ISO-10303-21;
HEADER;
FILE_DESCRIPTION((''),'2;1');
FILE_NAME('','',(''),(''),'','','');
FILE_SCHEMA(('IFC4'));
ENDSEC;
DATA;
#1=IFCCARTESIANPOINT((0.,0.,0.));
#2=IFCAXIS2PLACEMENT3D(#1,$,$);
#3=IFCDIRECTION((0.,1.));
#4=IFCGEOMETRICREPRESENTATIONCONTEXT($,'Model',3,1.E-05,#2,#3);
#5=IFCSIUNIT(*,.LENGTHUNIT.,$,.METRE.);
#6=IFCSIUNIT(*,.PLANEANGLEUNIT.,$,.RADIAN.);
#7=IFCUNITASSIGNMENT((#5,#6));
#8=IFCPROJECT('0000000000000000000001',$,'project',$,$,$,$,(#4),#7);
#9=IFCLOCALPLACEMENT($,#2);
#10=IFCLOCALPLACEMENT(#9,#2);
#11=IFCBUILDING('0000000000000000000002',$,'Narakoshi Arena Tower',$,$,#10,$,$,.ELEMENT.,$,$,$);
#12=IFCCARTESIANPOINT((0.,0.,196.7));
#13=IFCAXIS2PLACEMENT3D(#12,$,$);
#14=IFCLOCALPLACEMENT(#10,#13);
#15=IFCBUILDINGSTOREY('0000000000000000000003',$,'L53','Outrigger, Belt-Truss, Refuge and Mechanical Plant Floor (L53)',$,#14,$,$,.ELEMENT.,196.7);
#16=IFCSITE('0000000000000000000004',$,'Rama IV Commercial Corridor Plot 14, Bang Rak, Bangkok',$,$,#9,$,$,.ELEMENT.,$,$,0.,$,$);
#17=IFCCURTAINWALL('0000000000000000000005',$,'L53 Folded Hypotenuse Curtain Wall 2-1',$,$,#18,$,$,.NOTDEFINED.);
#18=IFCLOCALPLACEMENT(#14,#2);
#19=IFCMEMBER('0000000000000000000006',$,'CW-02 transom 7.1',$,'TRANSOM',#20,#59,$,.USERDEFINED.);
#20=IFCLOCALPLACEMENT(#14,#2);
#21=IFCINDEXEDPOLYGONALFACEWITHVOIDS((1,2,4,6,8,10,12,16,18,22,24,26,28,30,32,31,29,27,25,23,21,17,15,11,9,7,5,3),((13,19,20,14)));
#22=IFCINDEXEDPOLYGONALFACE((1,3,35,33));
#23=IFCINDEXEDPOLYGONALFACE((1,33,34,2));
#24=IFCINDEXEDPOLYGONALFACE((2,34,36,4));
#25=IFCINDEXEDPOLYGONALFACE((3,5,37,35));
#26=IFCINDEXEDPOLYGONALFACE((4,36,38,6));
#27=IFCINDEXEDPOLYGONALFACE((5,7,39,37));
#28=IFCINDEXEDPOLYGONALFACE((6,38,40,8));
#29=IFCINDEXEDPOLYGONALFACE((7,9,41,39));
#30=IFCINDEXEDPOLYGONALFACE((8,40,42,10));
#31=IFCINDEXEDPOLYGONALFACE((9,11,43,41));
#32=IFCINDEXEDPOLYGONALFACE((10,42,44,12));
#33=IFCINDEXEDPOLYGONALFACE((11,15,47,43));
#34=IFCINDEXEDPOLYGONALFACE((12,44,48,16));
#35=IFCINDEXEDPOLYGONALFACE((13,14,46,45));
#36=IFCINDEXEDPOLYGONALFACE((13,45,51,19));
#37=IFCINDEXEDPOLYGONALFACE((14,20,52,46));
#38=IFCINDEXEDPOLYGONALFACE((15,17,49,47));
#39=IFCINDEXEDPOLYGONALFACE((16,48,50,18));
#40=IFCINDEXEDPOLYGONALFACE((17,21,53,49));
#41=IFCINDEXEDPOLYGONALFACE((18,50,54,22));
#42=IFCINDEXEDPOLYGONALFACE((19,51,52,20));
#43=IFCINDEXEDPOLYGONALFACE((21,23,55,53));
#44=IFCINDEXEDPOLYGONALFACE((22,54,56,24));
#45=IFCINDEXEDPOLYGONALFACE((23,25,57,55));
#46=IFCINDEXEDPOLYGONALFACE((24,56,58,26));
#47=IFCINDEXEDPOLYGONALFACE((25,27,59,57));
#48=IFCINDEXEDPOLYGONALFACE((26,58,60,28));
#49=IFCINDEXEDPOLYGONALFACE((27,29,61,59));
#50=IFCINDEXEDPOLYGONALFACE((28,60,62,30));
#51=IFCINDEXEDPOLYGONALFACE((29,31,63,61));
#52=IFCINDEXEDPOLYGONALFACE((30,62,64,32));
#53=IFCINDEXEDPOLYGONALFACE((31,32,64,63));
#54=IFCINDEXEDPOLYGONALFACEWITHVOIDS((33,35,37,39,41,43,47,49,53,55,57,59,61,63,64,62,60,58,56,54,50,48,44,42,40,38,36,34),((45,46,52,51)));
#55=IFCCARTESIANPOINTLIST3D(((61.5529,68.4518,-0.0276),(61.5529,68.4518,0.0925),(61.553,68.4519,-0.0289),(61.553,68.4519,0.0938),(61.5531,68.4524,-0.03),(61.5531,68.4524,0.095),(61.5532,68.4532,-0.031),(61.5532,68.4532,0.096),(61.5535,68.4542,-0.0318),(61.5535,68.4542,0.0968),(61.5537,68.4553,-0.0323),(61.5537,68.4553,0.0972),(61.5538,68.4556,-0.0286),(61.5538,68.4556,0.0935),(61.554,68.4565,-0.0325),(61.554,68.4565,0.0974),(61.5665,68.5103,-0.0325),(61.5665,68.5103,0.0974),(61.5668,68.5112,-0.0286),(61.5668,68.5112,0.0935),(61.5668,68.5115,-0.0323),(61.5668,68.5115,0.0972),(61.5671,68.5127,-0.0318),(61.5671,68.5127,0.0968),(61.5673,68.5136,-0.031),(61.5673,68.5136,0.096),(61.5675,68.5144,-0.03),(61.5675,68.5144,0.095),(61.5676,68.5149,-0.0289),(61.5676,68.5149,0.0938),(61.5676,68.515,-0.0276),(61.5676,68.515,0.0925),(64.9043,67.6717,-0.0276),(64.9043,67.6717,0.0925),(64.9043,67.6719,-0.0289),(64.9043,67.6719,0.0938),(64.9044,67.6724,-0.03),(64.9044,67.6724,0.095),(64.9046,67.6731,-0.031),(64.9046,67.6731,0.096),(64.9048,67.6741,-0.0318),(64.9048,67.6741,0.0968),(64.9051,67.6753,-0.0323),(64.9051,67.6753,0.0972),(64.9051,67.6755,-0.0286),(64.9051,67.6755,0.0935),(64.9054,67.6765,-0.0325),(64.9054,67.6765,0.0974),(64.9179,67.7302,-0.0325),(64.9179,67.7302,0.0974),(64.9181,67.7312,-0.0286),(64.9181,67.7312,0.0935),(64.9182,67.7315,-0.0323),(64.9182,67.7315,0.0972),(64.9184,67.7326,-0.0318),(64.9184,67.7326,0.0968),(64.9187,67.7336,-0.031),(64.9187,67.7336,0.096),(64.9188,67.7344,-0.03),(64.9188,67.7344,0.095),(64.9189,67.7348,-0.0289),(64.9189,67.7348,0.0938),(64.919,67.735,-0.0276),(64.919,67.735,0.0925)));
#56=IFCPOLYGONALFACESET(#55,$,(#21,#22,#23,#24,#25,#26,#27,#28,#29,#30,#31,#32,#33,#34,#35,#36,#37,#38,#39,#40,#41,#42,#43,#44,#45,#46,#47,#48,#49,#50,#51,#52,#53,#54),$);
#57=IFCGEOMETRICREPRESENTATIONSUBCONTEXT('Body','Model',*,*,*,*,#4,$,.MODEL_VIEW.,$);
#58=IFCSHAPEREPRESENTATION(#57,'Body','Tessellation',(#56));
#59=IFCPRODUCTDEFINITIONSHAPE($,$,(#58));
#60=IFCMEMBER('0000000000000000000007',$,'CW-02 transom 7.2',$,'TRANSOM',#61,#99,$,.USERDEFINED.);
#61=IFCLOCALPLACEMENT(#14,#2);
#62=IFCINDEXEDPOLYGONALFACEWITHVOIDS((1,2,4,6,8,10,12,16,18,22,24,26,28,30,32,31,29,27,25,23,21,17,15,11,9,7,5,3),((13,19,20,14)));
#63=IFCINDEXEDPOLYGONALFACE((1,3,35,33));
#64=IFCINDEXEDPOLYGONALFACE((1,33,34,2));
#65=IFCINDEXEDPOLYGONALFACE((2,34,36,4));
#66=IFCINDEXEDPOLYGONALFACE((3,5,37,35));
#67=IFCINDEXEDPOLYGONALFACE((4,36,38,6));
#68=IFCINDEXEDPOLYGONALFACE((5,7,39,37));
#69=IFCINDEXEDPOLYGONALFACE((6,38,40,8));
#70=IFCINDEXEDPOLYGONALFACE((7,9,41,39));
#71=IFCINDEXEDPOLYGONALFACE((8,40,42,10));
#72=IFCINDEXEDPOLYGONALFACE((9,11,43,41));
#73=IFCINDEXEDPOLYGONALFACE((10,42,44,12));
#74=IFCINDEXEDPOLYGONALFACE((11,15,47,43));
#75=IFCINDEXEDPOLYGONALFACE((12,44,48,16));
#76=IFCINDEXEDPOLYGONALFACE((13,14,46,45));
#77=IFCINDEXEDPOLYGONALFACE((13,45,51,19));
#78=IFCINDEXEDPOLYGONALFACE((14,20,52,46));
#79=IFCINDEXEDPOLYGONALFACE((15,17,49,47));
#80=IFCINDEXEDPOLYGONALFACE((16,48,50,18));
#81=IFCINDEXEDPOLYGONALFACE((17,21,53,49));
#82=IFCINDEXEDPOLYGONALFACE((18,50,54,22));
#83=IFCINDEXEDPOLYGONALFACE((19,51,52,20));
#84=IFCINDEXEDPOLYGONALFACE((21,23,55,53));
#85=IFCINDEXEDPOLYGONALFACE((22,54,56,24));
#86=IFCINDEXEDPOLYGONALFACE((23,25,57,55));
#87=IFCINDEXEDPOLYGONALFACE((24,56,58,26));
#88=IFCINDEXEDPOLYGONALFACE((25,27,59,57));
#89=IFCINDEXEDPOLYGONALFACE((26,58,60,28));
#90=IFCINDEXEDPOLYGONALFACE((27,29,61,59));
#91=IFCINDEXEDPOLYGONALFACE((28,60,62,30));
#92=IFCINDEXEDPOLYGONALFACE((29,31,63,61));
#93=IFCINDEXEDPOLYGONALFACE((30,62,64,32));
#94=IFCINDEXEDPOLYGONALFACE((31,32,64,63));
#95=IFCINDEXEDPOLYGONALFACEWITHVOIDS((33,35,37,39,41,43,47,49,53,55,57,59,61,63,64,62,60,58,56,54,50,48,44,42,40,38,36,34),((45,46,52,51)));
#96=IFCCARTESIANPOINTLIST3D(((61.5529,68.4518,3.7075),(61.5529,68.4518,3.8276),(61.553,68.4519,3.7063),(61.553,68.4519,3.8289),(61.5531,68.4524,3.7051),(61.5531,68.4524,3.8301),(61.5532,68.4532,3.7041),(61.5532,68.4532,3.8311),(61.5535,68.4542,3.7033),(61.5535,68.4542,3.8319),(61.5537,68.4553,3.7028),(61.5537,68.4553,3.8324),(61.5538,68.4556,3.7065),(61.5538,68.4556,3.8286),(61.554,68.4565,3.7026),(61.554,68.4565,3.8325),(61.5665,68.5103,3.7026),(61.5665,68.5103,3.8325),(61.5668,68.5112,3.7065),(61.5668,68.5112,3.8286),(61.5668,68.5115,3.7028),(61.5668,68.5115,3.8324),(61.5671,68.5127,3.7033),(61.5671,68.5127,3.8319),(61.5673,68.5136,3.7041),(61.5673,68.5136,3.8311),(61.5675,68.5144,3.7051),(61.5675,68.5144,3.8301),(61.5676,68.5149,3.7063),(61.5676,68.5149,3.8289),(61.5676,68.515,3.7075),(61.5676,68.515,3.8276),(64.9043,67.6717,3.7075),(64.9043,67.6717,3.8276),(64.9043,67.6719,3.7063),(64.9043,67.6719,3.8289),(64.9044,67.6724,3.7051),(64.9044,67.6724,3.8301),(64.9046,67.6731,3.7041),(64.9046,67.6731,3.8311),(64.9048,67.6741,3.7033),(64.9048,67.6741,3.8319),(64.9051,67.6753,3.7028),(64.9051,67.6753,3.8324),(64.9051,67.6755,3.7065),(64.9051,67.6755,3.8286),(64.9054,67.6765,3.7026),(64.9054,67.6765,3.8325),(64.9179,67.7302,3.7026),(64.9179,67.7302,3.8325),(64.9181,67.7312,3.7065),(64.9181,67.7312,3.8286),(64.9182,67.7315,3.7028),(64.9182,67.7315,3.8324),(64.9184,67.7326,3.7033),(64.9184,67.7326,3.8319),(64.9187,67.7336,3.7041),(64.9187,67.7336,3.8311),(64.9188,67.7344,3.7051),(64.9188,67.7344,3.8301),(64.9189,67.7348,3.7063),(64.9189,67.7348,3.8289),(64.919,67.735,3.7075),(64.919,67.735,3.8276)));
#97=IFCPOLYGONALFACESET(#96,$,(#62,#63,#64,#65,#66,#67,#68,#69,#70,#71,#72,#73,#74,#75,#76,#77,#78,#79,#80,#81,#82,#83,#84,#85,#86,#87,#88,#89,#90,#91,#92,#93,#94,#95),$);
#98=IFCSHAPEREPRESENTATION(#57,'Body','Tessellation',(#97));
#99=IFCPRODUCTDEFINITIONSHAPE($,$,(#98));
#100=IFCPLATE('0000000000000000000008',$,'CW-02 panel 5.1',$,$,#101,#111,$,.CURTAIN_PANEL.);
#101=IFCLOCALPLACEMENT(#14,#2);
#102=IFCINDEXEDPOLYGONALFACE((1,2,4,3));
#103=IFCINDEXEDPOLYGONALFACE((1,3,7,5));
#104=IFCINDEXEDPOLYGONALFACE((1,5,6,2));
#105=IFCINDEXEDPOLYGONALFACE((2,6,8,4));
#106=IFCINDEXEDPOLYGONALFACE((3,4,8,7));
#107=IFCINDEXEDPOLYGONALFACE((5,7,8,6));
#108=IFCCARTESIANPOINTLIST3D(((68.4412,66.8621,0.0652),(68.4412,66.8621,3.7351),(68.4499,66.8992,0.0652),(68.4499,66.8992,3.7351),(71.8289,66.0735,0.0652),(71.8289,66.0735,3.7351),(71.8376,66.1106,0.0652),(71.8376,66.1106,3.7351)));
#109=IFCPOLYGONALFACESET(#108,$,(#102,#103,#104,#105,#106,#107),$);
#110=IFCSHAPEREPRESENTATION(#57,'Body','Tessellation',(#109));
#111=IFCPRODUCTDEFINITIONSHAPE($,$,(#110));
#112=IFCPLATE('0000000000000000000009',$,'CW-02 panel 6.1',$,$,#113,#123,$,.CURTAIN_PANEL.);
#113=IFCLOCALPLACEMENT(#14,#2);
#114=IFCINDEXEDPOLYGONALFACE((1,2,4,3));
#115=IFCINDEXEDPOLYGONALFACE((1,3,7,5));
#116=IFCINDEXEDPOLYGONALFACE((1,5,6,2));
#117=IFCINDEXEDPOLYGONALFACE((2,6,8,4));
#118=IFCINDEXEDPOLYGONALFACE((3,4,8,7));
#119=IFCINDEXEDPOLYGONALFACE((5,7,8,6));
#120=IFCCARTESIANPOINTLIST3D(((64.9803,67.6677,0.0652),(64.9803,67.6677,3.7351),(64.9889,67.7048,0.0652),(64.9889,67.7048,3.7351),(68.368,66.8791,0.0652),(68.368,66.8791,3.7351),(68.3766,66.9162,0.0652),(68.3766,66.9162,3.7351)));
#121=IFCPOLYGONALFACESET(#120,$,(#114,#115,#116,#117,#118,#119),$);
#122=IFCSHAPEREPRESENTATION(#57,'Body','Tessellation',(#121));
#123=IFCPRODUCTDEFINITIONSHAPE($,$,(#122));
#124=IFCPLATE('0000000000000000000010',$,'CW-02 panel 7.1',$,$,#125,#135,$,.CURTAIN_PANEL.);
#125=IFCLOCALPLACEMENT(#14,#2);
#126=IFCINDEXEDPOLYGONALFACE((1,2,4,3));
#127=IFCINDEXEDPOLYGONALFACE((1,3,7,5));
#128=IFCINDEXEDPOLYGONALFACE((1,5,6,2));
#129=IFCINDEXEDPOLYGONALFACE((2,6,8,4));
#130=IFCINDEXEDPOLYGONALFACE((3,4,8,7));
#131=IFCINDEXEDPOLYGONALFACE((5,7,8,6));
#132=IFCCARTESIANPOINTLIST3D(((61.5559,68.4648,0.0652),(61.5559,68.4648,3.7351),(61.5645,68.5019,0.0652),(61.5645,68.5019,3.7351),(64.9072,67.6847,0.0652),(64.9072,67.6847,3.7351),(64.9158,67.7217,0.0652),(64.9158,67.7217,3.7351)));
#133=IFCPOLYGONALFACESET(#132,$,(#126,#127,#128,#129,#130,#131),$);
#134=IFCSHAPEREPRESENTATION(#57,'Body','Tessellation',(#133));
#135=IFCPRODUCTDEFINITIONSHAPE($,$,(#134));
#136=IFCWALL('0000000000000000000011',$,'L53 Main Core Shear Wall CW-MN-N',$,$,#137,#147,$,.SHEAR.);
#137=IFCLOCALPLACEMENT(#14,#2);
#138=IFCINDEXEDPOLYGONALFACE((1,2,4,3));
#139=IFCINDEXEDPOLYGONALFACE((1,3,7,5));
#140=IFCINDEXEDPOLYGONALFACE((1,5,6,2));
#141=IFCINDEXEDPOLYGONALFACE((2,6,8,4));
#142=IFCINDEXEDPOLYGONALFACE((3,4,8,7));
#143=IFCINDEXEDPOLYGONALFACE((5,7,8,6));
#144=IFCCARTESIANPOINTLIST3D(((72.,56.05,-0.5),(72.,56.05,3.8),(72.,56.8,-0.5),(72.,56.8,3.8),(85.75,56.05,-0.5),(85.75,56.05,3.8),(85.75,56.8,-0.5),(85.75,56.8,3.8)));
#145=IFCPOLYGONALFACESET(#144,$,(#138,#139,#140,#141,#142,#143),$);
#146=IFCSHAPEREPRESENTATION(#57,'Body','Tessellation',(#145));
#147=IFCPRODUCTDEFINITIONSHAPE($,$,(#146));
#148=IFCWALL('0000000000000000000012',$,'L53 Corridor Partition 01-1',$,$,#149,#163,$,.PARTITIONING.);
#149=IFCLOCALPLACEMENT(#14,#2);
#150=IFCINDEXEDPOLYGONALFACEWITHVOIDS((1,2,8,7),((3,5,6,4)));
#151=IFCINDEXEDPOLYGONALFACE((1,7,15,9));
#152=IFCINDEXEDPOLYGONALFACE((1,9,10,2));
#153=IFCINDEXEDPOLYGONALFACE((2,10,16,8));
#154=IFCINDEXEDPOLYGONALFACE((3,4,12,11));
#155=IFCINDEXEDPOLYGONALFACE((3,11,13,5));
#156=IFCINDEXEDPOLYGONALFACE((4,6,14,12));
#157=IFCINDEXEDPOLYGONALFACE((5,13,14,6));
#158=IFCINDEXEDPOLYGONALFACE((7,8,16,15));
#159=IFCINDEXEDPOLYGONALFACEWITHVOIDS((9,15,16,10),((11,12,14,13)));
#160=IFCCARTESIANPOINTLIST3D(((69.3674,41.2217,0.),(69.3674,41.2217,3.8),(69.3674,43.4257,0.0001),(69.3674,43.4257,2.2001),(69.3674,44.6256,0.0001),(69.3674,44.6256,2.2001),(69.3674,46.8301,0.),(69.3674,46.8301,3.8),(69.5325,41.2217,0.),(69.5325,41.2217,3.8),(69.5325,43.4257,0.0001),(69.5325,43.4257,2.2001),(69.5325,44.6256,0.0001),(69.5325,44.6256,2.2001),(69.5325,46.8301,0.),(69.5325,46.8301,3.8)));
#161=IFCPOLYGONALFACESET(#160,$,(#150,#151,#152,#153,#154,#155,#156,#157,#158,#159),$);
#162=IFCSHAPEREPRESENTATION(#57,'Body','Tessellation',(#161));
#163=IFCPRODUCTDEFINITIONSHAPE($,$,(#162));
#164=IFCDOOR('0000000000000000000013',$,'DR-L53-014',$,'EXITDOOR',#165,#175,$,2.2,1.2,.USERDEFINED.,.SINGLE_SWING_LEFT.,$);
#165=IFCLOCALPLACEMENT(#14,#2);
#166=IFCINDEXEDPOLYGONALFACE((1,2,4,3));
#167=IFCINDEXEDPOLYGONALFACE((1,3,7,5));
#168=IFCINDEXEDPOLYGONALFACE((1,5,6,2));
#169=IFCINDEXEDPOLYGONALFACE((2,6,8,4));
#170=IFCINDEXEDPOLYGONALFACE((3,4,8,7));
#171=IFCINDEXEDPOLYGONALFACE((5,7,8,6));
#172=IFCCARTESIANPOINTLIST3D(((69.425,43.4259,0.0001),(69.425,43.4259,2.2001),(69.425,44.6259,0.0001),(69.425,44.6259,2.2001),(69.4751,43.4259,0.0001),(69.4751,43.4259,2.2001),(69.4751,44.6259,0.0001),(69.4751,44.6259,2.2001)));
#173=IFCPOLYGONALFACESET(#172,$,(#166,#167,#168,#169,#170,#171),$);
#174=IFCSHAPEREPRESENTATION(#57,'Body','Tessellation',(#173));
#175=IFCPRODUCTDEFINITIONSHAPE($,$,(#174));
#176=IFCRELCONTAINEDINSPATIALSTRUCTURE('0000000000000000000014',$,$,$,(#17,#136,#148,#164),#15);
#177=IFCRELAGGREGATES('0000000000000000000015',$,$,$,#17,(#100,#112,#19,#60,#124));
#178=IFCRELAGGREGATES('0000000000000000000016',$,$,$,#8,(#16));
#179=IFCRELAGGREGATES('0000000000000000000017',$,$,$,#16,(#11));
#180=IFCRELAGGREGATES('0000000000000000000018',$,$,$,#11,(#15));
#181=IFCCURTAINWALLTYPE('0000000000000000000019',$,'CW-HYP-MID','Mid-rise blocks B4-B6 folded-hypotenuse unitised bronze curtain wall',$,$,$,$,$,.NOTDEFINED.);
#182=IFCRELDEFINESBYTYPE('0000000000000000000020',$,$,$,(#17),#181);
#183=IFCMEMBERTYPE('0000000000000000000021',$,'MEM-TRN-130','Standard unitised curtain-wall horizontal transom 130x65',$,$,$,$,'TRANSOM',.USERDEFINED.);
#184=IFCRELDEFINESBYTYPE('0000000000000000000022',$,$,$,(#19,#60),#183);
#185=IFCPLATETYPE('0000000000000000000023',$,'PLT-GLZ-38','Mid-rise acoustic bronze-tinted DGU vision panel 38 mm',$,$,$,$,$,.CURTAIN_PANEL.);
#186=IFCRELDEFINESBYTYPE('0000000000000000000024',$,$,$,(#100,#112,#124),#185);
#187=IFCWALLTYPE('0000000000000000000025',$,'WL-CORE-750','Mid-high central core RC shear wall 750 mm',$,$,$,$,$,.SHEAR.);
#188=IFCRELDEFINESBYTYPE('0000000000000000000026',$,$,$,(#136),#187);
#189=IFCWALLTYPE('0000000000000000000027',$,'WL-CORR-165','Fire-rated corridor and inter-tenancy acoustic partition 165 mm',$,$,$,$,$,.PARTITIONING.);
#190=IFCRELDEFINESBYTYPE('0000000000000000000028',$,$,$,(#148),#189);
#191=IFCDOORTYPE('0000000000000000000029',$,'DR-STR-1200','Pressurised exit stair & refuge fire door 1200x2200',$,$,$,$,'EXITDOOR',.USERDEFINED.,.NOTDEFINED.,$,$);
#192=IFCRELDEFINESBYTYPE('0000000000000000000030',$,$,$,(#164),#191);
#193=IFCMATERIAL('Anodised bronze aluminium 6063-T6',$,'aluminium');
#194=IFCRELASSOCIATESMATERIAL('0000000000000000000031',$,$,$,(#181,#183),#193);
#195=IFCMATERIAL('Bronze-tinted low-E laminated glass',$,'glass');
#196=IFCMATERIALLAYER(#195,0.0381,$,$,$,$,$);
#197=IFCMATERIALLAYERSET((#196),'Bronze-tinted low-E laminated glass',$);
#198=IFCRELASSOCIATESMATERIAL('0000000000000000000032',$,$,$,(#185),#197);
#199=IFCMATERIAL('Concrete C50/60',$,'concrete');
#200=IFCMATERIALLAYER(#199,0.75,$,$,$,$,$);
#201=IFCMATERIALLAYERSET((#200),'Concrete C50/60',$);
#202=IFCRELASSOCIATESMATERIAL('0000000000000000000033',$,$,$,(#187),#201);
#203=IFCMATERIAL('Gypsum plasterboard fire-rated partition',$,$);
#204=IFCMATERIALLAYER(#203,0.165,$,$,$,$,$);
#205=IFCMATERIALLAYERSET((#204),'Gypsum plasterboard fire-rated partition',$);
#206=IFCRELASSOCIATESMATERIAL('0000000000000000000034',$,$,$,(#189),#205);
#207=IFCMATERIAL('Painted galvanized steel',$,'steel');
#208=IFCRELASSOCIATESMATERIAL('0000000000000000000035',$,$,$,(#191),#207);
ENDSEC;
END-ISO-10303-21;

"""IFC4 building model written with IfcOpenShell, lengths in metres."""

from ifc_helpers import new_model, si_unit, direction, frame, frame_2d, origin, origin_2d, place, context, subcontext, project, spatial, rectangle, hollow_rectangle, extrude, material, layer, layer_set, material_profile, profile_set, type_object, element, fill, aggregate, save


model = new_model("IFC4")

# Units and contexts
model_context = context("Model", 3, precision=1e-05, world=origin(), true_north=direction((0.0, 1.0)))
body_context = subcontext(model_context, "Body", "Model", "MODEL_VIEW")
ifc_project = project(units=[si_unit("LENGTHUNIT", "METRE"), si_unit("PLANEANGLEUNIT", "RADIAN")], contexts=[model_context])

# Site, building, storey
site_placement = place(None, origin())
site = spatial("IfcSite", under=ifc_project, at=site_placement, Name="Rama IV Commercial Corridor Plot 14, Bang Rak, Bangkok", CompositionType="ELEMENT", RefElevation=0.0)
building_placement = place(site_placement, origin())
building = spatial("IfcBuilding", under=site, at=building_placement, Name="Narakoshi Arena Tower", CompositionType="ELEMENT")
storey_placement = place(building_placement, frame((0.0, 0.0, 196.7)))
storey = spatial("IfcBuildingStorey", under=building, at=storey_placement, Name="L53", Description="Outrigger, Belt-Truss, Refuge and Mechanical Plant Floor (L53)", CompositionType="ELEMENT", Elevation=196.7)

# Curtain wall
ifc_material_1 = material(Name="Anodised bronze aluminium 6063-T6", Category="aluminium")
curtain_wall_type = type_object("IfcCurtainWallType", Name="CW-HYP-MID", Description="Mid-rise blocks B4-B6 folded-hypotenuse unitised bronze curtain wall", PredefinedType="NOTDEFINED", material=ifc_material_1)
curtain_wall_placement = place(storey_placement, origin())
curtain_wall = element("IfcCurtainWall", 1, at=curtain_wall_placement, inside=storey, type_object=curtain_wall_type, Name="L53 Folded Hypotenuse Curtain Wall 2-1", PredefinedType="NOTDEFINED")

# Members
ifc_material_profile_1 = material_profile(ifc_material_1, hollow_rectangle(XDim=0.0649, YDim=0.1299, WallThickness=0.0039, OuterFilletRadius=0.0049, at=origin_2d()), Name="TRN130x65x4")
ifc_profile_set_1 = profile_set([ifc_material_profile_1], Name="Anodised bronze aluminium 6063-T6")
member_type_1 = type_object("IfcMemberType", Name="MEM-TRN-130", Description="Standard unitised curtain-wall horizontal transom 130x65", ElementType="TRANSOM", PredefinedType="USERDEFINED", material=ifc_profile_set_1)
member_1_placement = place(storey_placement, frame((64.9116, 67.7034, 0.0325), z_axis=(-0.973966, 0.226694, 0.0), x_axis=(-0.226694, -0.973966, 0.0)))
member_1 = element("IfcMember", 2, at=member_1_placement, type_object=member_type_1, Name="CW-02 transom 7.1", ObjectType="TRANSOM", PredefinedType="USERDEFINED", context=body_context, shape_type="SweptSolid", body=[
    extrude(hollow_rectangle(XDim=0.0649, YDim=0.1299, WallThickness=0.0039, OuterFilletRadius=0.0049, at=origin_2d()), origin(), (0.0, 0.0, 1.0), 3.4409),
])
member_2_placement = place(storey_placement, frame((64.9116, 67.7034, 3.7676), z_axis=(-0.973966, 0.226694, 0.0), x_axis=(-0.226694, -0.973966, 0.0)))
member_2 = element("IfcMember", 3, at=member_2_placement, type_object=member_type_1, Name="CW-02 transom 7.2", ObjectType="TRANSOM", PredefinedType="USERDEFINED", context=body_context, shape_type="SweptSolid", body=[
    extrude(hollow_rectangle(XDim=0.0649, YDim=0.1299, WallThickness=0.0039, OuterFilletRadius=0.0049, at=origin_2d()), origin(), (0.0, 0.0, 1.0), 3.4409),
])

# Plates
ifc_material_2 = material(Name="Bronze-tinted low-E laminated glass", Category="glass")
ifc_layer_1 = layer(ifc_material_2, 0.0381)
ifc_layer_set_1 = layer_set([ifc_layer_1], Name="Bronze-tinted low-E laminated glass")
plate_type = type_object("IfcPlateType", Name="PLT-GLZ-38", Description="Mid-rise acoustic bronze-tinted DGU vision panel 38 mm", PredefinedType="CURTAIN_PANEL", material=ifc_layer_set_1)
plate_1_placement = place(storey_placement, frame((70.1394, 66.4863, 0.0652), z_axis=(0.0, 0.0, 1.0), x_axis=(-0.97396, 0.226721, 0.0)))
plate_1 = element("IfcPlate", 4, at=plate_1_placement, type_object=plate_type, Name="CW-02 panel 5.1", PredefinedType="CURTAIN_PANEL", context=body_context, shape_type="SweptSolid", body=[
    extrude(rectangle(XDim=3.4783, YDim=0.0381, at=origin_2d()), origin(), (0.0, 0.0, 1.0), 3.6699),
])
plate_2_placement = place(storey_placement, frame((66.6785, 67.292, 0.0652), z_axis=(0.0, 0.0, 1.0), x_axis=(-0.97396, 0.226721, 0.0)))
plate_2 = element("IfcPlate", 5, at=plate_2_placement, type_object=plate_type, Name="CW-02 panel 6.1", PredefinedType="CURTAIN_PANEL", context=body_context, shape_type="SweptSolid", body=[
    extrude(rectangle(XDim=3.4783, YDim=0.0381, at=origin_2d()), origin(), (0.0, 0.0, 1.0), 3.6699),
])
plate_3_placement = place(storey_placement, frame((63.2358, 68.0933, 0.0652), z_axis=(0.0, 0.0, 1.0), x_axis=(-0.97396, 0.226721, 0.0)))
plate_3 = element("IfcPlate", 6, at=plate_3_placement, type_object=plate_type, Name="CW-02 panel 7.1", PredefinedType="CURTAIN_PANEL", context=body_context, shape_type="SweptSolid", body=[
    extrude(rectangle(XDim=3.4409, YDim=0.0381, at=origin_2d()), origin(), (0.0, 0.0, 1.0), 3.6699),
])
aggregate(curtain_wall, [plate_1, plate_2, member_1, member_2, plate_3])

# Wall
ifc_material_3 = material(Name="Concrete C50/60", Category="concrete")
ifc_layer_2 = layer(ifc_material_3, 0.75)
ifc_layer_set_2 = layer_set([ifc_layer_2], Name="Concrete C50/60")
wall_type_1 = type_object("IfcWallType", Name="WL-CORE-750", Description="Mid-high central core RC shear wall 750 mm", PredefinedType="SHEAR", material=ifc_layer_set_2)
wall_1_placement = place(storey_placement, frame((72.0, 56.425, -0.5), z_axis=(0.0, 0.0, 1.0), x_axis=(1.0, 0.0, 0.0)))
element("IfcWall", 7, at=wall_1_placement, inside=storey, type_object=wall_type_1, Name="L53 Main Core Shear Wall CW-MN-N", PredefinedType="SHEAR", context=body_context, shape_type="SweptSolid", body=[
    extrude(rectangle(XDim=13.75, YDim=0.75, at=frame_2d((6.875, 0.0))), origin(), (0.0, 0.0, 1.0), 4.3),
])

# Wall, opening, door
ifc_material_4 = material(Name="Gypsum plasterboard fire-rated partition")
ifc_layer_3 = layer(ifc_material_4, 0.165)
ifc_layer_set_3 = layer_set([ifc_layer_3], Name="Gypsum plasterboard fire-rated partition")
wall_type_2 = type_object("IfcWallType", Name="WL-CORR-165", Description="Fire-rated corridor and inter-tenancy acoustic partition 165 mm", PredefinedType="PARTITIONING", material=ifc_layer_set_3)
wall_2_placement = place(storey_placement, frame((69.45, 46.8301, 0.0), z_axis=(0.0, 0.0, 1.0), x_axis=(0.0, -1.0, 0.0)))
wall_2 = element("IfcWall", 8, at=wall_2_placement, inside=storey, type_object=wall_type_2, Name="L53 Corridor Partition 01-1", PredefinedType="PARTITIONING", context=body_context, shape_type="SweptSolid", body=[
    extrude(rectangle(XDim=5.6084, YDim=0.165, at=frame_2d((2.8042, 0.0))), origin(), (0.0, 0.0, 1.0), 3.8),
])
opening_1_placement = place(wall_2_placement, frame((2.2043, 0.0, 0.0)))
opening_1 = element("IfcOpeningElement", 9, at=opening_1_placement, cuts=wall_2, PredefinedType="OPENING", context=body_context, shape_type="SweptSolid", body=[
    extrude(rectangle(XDim=1.2, YDim=2.2, at=frame_2d((0.6001, 1.1001))), frame((0.0, 0.0925, 0.0), z_axis=(0.0, -1.0, 0.0), x_axis=(1.0, 0.0, 0.0)), (0.0, 0.0, 1.0), 0.1851),
])
ifc_material_5 = material(Name="Painted galvanized steel", Category="steel")
door_type_1 = type_object("IfcDoorType", Name="DR-STR-1200", Description="Pressurised exit stair & refuge fire door 1200x2200", ElementType="EXITDOOR", OperationType="NOTDEFINED", PredefinedType="USERDEFINED", material=ifc_material_5)
door_1_placement = place(opening_1_placement, frame((1.2, 0.0, 0.0), z_axis=(0.0, 0.0, 1.0), x_axis=(-1.0, 0.0, 0.0)))
door_1 = element("IfcDoor", 10, at=door_1_placement, inside=storey, type_object=door_type_1, Name="DR-L53-014", ObjectType="EXITDOOR", OperationType="SINGLE_SWING_LEFT", OverallHeight=2.2, OverallWidth=1.2, PredefinedType="USERDEFINED", context=body_context, shape_type="SweptSolid", body=[
    extrude(rectangle(XDim=1.2, YDim=2.2, at=frame_2d((0.6001, 1.1001))), frame((0.0, 0.0249, 0.0), z_axis=(0.0, -1.0, 0.0), x_axis=(1.0, 0.0, 0.0)), (0.0, 0.0, 1.0), 0.05),
])
fill(opening_1, door_1)

save(model, "model.ifc")
